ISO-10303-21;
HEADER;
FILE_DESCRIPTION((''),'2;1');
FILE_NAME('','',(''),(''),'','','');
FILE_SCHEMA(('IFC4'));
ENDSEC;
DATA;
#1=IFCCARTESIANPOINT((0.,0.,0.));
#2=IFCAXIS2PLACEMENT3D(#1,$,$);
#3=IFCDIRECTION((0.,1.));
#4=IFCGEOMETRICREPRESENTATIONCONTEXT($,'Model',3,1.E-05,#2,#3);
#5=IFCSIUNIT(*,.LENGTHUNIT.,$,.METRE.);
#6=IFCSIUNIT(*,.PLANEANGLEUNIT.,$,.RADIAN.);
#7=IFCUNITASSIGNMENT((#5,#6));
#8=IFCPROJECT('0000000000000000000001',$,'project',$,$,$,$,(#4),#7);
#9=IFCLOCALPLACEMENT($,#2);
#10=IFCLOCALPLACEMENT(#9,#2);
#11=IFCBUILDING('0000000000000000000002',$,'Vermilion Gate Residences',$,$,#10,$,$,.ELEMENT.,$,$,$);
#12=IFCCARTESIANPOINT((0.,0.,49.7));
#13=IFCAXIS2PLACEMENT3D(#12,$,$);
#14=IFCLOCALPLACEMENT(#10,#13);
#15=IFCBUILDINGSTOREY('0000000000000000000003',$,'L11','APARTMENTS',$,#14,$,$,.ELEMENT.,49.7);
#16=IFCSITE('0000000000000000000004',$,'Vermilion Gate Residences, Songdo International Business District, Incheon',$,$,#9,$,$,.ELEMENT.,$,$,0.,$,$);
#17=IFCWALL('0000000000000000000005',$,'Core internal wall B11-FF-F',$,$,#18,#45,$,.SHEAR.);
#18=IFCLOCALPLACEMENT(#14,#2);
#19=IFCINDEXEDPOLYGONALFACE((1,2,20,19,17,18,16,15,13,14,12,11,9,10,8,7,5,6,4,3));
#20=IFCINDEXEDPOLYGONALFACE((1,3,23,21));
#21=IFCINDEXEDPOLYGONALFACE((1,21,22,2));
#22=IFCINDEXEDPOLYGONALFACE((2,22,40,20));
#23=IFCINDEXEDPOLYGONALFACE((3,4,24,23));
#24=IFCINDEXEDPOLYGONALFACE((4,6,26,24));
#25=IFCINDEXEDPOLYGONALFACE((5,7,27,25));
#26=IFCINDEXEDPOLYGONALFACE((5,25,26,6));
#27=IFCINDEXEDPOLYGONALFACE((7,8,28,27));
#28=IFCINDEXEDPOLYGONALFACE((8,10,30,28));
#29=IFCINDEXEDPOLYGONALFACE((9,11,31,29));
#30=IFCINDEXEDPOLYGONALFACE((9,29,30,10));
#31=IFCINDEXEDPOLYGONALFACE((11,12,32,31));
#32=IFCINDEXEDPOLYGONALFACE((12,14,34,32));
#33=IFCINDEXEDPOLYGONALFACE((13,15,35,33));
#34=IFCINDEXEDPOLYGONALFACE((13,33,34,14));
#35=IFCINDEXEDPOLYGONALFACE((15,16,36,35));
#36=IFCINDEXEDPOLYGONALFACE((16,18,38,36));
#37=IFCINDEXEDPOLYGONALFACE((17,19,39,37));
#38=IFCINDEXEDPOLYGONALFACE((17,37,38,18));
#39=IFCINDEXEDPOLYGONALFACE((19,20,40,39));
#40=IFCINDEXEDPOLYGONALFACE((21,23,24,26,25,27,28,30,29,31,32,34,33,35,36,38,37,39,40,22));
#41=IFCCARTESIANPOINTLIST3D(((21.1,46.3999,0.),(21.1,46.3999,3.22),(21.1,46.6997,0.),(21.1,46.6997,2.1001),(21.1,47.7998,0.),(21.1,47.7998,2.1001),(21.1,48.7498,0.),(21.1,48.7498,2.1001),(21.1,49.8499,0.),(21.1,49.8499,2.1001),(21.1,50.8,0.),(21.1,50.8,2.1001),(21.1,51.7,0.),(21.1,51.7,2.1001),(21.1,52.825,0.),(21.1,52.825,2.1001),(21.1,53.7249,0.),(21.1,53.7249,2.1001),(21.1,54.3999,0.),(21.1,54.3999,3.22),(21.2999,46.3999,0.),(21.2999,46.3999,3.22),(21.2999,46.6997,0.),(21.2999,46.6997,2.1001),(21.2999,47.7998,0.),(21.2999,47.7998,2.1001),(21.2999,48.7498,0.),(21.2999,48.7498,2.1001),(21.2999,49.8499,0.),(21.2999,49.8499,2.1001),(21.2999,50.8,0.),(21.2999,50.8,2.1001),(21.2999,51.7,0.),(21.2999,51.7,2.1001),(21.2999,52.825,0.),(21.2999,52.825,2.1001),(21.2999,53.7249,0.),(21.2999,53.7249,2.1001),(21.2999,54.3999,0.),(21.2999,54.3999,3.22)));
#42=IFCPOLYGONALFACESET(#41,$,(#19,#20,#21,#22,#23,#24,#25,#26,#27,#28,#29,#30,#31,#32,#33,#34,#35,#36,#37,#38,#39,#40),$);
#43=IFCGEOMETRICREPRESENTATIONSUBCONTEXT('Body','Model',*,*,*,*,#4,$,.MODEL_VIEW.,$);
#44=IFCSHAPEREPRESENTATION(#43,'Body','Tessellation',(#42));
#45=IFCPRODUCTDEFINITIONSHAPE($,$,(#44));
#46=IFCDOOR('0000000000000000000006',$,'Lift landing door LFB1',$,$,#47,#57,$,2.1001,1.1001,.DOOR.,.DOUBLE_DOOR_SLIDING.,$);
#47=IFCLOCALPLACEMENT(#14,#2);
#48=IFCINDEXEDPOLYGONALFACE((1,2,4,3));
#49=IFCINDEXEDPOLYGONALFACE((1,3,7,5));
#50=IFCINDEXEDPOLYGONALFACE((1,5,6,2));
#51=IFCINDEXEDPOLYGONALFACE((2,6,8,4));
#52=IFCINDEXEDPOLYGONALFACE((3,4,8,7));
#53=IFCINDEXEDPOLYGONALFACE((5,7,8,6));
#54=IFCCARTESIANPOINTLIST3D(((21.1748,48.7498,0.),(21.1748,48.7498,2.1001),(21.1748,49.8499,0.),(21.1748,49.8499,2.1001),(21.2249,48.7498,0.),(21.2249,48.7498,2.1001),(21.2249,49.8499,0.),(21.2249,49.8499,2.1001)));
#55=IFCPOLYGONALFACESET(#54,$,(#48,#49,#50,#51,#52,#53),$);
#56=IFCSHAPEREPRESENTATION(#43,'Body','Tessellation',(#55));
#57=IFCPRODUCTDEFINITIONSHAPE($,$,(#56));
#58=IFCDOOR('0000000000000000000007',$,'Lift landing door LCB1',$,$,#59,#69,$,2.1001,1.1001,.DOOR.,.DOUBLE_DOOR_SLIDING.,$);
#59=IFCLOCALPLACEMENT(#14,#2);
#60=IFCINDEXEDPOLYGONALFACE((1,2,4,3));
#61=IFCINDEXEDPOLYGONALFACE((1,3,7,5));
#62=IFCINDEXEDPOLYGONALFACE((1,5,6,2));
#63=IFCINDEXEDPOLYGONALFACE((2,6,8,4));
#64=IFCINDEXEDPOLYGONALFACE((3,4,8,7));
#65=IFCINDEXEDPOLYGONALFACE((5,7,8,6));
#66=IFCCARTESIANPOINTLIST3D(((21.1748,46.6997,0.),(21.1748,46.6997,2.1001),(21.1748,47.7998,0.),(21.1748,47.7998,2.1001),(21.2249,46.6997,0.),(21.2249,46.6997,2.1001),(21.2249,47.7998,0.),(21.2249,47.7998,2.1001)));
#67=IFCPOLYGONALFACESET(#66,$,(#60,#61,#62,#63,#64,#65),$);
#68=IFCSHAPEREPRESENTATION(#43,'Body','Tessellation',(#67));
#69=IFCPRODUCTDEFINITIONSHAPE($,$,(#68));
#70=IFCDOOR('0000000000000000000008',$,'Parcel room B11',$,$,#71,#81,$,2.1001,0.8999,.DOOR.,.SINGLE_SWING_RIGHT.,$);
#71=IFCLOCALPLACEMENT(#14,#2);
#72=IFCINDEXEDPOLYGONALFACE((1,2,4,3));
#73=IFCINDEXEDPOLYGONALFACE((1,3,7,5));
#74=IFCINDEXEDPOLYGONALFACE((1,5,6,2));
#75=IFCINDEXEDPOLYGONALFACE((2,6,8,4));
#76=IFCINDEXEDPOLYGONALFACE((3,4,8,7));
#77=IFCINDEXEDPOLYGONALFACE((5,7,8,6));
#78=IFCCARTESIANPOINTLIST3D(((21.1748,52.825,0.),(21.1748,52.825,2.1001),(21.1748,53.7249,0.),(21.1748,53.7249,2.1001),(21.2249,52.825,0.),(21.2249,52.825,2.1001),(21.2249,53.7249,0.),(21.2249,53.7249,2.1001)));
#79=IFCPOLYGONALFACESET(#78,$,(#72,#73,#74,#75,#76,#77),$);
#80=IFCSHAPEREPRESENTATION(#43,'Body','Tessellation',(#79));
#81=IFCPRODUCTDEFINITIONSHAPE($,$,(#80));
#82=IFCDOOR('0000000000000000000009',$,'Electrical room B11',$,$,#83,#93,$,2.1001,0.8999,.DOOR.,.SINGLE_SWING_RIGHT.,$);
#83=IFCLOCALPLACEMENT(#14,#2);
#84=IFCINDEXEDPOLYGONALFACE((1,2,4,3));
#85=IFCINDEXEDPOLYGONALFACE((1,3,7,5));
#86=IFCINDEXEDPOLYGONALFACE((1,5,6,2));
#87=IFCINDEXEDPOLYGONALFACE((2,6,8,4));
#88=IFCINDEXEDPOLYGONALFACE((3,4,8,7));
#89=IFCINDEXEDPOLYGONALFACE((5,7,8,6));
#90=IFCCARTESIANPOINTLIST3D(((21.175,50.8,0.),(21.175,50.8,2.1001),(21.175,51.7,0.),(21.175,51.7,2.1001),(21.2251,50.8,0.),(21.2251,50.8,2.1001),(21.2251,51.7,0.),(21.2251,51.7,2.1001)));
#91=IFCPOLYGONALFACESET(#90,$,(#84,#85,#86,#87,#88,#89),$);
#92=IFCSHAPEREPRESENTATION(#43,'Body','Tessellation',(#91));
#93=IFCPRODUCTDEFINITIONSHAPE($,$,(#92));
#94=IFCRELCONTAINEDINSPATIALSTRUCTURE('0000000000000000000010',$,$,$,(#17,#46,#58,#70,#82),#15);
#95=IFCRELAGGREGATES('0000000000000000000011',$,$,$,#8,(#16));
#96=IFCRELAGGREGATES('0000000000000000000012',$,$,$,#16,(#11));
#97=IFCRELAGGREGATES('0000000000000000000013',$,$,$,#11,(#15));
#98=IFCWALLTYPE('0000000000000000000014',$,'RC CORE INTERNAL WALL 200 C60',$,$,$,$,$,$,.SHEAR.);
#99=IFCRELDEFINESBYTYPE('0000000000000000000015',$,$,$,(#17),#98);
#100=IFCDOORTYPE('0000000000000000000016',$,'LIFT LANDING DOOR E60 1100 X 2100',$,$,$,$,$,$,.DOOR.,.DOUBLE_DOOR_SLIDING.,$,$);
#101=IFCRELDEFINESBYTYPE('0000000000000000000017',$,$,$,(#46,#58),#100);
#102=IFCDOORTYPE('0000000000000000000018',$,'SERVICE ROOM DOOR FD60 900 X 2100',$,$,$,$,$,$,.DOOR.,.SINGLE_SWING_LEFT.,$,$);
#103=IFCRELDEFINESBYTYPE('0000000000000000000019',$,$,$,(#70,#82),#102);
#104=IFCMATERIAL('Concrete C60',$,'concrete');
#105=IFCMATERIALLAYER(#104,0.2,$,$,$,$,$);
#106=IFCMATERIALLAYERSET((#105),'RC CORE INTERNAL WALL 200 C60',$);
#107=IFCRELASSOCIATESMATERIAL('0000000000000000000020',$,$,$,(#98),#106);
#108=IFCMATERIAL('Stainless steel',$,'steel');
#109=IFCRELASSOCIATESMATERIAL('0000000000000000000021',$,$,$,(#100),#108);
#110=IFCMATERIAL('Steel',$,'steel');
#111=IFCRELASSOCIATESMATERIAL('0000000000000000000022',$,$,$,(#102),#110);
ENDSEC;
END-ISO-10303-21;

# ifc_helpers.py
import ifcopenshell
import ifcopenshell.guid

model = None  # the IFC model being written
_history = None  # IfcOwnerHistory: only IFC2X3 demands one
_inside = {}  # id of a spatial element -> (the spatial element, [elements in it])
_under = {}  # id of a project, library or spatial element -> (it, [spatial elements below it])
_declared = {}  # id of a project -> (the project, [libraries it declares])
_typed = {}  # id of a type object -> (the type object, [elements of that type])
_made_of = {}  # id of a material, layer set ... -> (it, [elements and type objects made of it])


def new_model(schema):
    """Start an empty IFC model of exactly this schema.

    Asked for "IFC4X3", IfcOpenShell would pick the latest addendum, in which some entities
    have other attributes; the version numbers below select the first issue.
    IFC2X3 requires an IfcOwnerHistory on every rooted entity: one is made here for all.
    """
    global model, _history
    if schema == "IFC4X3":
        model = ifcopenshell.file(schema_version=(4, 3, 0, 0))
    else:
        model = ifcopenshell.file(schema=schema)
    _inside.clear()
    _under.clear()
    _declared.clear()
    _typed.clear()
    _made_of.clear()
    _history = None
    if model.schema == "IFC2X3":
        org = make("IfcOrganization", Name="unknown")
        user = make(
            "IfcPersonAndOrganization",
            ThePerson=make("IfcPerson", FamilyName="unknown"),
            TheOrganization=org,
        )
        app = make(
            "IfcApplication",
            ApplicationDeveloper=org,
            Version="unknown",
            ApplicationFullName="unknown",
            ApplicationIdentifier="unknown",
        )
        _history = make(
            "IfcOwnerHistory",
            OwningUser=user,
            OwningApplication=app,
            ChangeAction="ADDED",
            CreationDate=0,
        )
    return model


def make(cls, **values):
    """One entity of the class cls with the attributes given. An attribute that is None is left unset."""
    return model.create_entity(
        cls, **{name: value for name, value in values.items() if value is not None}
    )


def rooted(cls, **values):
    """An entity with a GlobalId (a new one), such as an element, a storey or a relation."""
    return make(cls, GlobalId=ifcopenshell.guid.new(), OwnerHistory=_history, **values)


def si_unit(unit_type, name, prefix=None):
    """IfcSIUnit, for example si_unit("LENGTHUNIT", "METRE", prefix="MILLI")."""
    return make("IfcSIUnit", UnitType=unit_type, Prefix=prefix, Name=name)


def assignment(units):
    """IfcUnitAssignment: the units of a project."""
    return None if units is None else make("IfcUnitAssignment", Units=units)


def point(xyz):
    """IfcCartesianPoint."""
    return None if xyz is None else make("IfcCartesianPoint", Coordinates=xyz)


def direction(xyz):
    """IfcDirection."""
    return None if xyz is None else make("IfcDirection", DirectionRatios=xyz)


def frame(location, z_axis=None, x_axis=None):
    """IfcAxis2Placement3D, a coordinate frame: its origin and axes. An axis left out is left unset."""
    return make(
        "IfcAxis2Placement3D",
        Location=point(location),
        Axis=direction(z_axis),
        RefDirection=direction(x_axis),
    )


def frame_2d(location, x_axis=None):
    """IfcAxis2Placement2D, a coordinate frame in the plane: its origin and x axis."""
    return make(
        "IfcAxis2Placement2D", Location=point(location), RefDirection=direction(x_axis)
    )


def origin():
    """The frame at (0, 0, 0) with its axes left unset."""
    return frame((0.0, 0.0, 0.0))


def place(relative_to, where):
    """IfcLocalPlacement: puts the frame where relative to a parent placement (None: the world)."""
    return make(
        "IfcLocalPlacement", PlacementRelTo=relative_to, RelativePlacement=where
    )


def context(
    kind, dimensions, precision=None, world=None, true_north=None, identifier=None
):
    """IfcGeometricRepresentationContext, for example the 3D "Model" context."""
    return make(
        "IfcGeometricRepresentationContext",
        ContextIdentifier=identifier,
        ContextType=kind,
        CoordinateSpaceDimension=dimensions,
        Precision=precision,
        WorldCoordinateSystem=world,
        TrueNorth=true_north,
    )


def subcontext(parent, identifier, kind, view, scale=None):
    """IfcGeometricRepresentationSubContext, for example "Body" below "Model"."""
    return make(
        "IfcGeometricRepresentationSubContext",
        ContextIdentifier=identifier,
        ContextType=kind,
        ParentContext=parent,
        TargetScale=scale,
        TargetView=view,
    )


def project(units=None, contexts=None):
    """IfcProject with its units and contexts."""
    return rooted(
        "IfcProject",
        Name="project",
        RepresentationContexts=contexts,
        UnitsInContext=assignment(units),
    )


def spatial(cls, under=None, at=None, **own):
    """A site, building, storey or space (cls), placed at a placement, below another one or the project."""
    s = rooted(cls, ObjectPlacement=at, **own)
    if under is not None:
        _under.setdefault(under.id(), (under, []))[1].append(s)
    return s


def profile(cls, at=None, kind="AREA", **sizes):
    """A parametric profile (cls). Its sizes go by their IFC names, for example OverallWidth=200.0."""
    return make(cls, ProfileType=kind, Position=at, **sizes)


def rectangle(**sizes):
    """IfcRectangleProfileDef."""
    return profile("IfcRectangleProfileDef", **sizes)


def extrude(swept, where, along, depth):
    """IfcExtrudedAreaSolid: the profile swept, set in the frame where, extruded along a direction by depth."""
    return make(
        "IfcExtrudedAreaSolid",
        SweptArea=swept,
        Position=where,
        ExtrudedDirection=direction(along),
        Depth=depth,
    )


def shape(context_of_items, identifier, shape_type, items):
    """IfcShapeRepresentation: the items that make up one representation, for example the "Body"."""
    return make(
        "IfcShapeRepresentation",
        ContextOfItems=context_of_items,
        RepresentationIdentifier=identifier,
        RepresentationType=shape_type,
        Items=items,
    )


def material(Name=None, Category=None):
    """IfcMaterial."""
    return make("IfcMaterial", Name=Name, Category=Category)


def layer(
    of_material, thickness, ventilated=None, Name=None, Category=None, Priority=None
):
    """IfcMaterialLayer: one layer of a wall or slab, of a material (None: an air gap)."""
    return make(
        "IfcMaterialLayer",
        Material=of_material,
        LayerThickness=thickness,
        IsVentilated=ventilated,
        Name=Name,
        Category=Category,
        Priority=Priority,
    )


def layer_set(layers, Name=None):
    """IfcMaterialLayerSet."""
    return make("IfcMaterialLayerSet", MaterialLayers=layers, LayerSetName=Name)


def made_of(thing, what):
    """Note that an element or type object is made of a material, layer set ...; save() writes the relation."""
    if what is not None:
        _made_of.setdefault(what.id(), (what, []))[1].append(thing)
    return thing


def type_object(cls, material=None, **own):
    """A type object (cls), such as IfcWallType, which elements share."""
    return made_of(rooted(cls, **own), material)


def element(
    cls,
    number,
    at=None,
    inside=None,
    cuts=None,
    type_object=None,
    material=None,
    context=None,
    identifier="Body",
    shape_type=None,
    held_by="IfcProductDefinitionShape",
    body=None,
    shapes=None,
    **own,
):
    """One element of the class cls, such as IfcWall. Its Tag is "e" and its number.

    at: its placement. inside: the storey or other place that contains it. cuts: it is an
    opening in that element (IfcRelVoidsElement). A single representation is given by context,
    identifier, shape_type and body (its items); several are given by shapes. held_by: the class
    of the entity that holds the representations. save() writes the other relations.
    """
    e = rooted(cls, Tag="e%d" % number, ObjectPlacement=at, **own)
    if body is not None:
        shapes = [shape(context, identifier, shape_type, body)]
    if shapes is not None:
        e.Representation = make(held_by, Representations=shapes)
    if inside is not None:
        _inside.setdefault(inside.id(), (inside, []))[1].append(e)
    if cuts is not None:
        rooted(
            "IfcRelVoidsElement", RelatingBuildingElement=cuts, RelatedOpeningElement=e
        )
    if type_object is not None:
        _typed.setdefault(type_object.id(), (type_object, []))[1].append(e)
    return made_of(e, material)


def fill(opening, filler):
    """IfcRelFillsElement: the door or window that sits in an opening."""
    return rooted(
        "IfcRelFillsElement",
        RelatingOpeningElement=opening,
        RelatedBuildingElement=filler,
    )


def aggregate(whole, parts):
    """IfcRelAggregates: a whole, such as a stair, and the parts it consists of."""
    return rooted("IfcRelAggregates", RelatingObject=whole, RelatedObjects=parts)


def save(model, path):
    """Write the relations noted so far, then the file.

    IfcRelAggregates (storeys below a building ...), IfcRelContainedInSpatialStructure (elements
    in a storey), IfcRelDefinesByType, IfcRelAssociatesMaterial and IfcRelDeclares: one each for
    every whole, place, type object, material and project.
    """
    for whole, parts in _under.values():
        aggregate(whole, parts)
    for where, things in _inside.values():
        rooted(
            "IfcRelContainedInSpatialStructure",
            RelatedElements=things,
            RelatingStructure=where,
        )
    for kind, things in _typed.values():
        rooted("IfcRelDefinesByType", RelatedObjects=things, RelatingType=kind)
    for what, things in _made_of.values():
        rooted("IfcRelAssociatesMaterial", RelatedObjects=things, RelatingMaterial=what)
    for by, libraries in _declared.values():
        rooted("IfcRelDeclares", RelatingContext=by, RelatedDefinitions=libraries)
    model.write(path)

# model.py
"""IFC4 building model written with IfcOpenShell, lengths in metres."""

from ifc_helpers import new_model, si_unit, direction, frame, frame_2d, origin, place, context, subcontext, project, spatial, rectangle, extrude, material, layer, layer_set, type_object, element, fill, save


model = new_model("IFC4")

# Units and contexts
model_context = context("Model", 3, precision=1e-05, world=origin(), true_north=direction((0.0, 1.0)))
body_context = subcontext(model_context, "Body", "Model", "MODEL_VIEW")
ifc_project = project(units=[si_unit("LENGTHUNIT", "METRE"), si_unit("PLANEANGLEUNIT", "RADIAN")], contexts=[model_context])

# Site, building, storey
site_placement = place(None, origin())
site = spatial("IfcSite", under=ifc_project, at=site_placement, Name="Vermilion Gate Residences, Songdo International Business District, Incheon", CompositionType="ELEMENT", RefElevation=0.0)
building_placement = place(site_placement, origin())
building = spatial("IfcBuilding", under=site, at=building_placement, Name="Vermilion Gate Residences", CompositionType="ELEMENT")
storey_placement = place(building_placement, frame((0.0, 0.0, 49.7)))
storey = spatial("IfcBuildingStorey", under=building, at=storey_placement, Name="L11", Description="APARTMENTS", CompositionType="ELEMENT", Elevation=49.7)

# Shared definitions
ifc_material_1 = material(Name="Concrete C60", Category="concrete")
ifc_layer_1 = layer(ifc_material_1, 0.2)
ifc_layer_set_1 = layer_set([ifc_layer_1], Name="RC CORE INTERNAL WALL 200 C60")
wall_type_1 = type_object("IfcWallType", Name="RC CORE INTERNAL WALL 200 C60", PredefinedType="SHEAR", material=ifc_layer_set_1)

# Wall, openings, doors
wall_1_placement = place(storey_placement, frame((21.2, 54.3999, 0.0), z_axis=(0.0, 0.0, 1.0), x_axis=(0.0, -1.0, 0.0)))
wall_1 = element("IfcWall", 1, at=wall_1_placement, inside=storey, type_object=wall_type_1, Name="Core internal wall B11-FF-F", PredefinedType="SHEAR", context=body_context, shape_type="SweptSolid", body=[
    extrude(rectangle(XDim=8.0, YDim=0.2, at=frame_2d((4.0, 0.0))), origin(), (0.0, 0.0, 1.0), 3.22),
])
opening_1_placement = place(wall_1_placement, frame((0.675, 0.0, 0.0)))
opening_1 = element("IfcOpeningElement", 2, at=opening_1_placement, cuts=wall_1, PredefinedType="OPENING", context=body_context, shape_type="SweptSolid", body=[
    extrude(rectangle(XDim=0.8999, YDim=2.1001, at=frame_2d((0.45, 1.05))), frame((0.0, 0.1099, 0.0), z_axis=(0.0, -1.0, 0.0), x_axis=(1.0, 0.0, 0.0)), (0.0, 0.0, 1.0), 0.22),
])
opening_2_placement = place(wall_1_placement, frame((2.7, 0.0, 0.0)))
opening_2 = element("IfcOpeningElement", 3, at=opening_2_placement, cuts=wall_1, PredefinedType="OPENING", context=body_context, shape_type="SweptSolid", body=[
    extrude(rectangle(XDim=0.8999, YDim=2.1001, at=frame_2d((0.45, 1.05))), frame((0.0, 0.1099, 0.0), z_axis=(0.0, -1.0, 0.0), x_axis=(1.0, 0.0, 0.0)), (0.0, 0.0, 1.0), 0.22),
])
opening_3_placement = place(wall_1_placement, frame((4.55, 0.0, 0.0)))
opening_3 = element("IfcOpeningElement", 4, at=opening_3_placement, cuts=wall_1, PredefinedType="OPENING", context=body_context, shape_type="SweptSolid", body=[
    extrude(rectangle(XDim=1.1001, YDim=2.1001, at=frame_2d((0.55, 1.05))), frame((0.0, 0.1099, 0.0), z_axis=(0.0, -1.0, 0.0), x_axis=(1.0, 0.0, 0.0)), (0.0, 0.0, 1.0), 0.22),
])
opening_4_placement = place(wall_1_placement, frame((6.6001, 0.0, 0.0)))
opening_4 = element("IfcOpeningElement", 5, at=opening_4_placement, cuts=wall_1, PredefinedType="OPENING", context=body_context, shape_type="SweptSolid", body=[
    extrude(rectangle(XDim=1.1001, YDim=2.1001, at=frame_2d((0.55, 1.05))), frame((0.0, 0.1099, 0.0), z_axis=(0.0, -1.0, 0.0), x_axis=(1.0, 0.0, 0.0)), (0.0, 0.0, 1.0), 0.22),
])
ifc_material_2 = material(Name="Stainless steel", Category="steel")
door_type_1 = type_object("IfcDoorType", Name="LIFT LANDING DOOR E60 1100 X 2100", OperationType="DOUBLE_DOOR_SLIDING", PredefinedType="DOOR", material=ifc_material_2)
door_1_placement = place(opening_3_placement, origin())
door_1 = element("IfcDoor", 6, at=door_1_placement, inside=storey, type_object=door_type_1, Name="Lift landing door LFB1", OperationType="DOUBLE_DOOR_SLIDING", OverallHeight=2.1001, OverallWidth=1.1001, PredefinedType="DOOR", context=body_context, shape_type="SweptSolid", body=[
    extrude(rectangle(XDim=1.1001, YDim=2.1001, at=frame_2d((0.55, 1.05))), frame((0.0, 0.0249, 0.0), z_axis=(0.0, -1.0, 0.0), x_axis=(1.0, 0.0, 0.0)), (0.0, 0.0, 1.0), 0.05),
])
fill(opening_3, door_1)
door_2_placement = place(opening_4_placement, origin())
door_2 = element("IfcDoor", 7, at=door_2_placement, inside=storey, type_object=door_type_1, Name="Lift landing door LCB1", OperationType="DOUBLE_DOOR_SLIDING", OverallHeight=2.1001, OverallWidth=1.1001, PredefinedType="DOOR", context=body_context, shape_type="SweptSolid", body=[
    extrude(rectangle(XDim=1.1001, YDim=2.1001, at=frame_2d((0.55, 1.05))), frame((0.0, 0.0249, 0.0), z_axis=(0.0, -1.0, 0.0), x_axis=(1.0, 0.0, 0.0)), (0.0, 0.0, 1.0), 0.05),
])
fill(opening_4, door_2)
ifc_material_3 = material(Name="Steel", Category="steel")
door_type_2 = type_object("IfcDoorType", Name="SERVICE ROOM DOOR FD60 900 X 2100", OperationType="SINGLE_SWING_LEFT", PredefinedType="DOOR", material=ifc_material_3)
door_3_placement = place(opening_1_placement, origin())
door_3 = element("IfcDoor", 8, at=door_3_placement, inside=storey, type_object=door_type_2, Name="Parcel room B11", OperationType="SINGLE_SWING_RIGHT", OverallHeight=2.1001, OverallWidth=0.8999, PredefinedType="DOOR", context=body_context, shape_type="SweptSolid", body=[
    extrude(rectangle(XDim=0.8999, YDim=2.1001, at=frame_2d((0.45, 1.05))), frame((0.0, 0.0249, 0.0), z_axis=(0.0, -1.0, 0.0), x_axis=(1.0, 0.0, 0.0)), (0.0, 0.0, 1.0), 0.05),
])
fill(opening_1, door_3)
door_4_placement = place(opening_2_placement, frame((0.8999, 0.0, 0.0), z_axis=(0.0, 0.0, 1.0), x_axis=(-1.0, 0.0, 0.0)))
door_4 = element("IfcDoor", 9, at=door_4_placement, inside=storey, type_object=door_type_2, Name="Electrical room B11", OperationType="SINGLE_SWING_RIGHT", OverallHeight=2.1001, OverallWidth=0.8999, PredefinedType="DOOR", context=body_context, shape_type="SweptSolid", body=[
    extrude(rectangle(XDim=0.8999, YDim=2.1001, at=frame_2d((0.45, 1.05))), frame((0.0, 0.0249, 0.0), z_axis=(0.0, -1.0, 0.0), x_axis=(1.0, 0.0, 0.0)), (0.0, 0.0, 1.0), 0.05),
])
fill(opening_2, door_4)

save(model, "model.ifc")
